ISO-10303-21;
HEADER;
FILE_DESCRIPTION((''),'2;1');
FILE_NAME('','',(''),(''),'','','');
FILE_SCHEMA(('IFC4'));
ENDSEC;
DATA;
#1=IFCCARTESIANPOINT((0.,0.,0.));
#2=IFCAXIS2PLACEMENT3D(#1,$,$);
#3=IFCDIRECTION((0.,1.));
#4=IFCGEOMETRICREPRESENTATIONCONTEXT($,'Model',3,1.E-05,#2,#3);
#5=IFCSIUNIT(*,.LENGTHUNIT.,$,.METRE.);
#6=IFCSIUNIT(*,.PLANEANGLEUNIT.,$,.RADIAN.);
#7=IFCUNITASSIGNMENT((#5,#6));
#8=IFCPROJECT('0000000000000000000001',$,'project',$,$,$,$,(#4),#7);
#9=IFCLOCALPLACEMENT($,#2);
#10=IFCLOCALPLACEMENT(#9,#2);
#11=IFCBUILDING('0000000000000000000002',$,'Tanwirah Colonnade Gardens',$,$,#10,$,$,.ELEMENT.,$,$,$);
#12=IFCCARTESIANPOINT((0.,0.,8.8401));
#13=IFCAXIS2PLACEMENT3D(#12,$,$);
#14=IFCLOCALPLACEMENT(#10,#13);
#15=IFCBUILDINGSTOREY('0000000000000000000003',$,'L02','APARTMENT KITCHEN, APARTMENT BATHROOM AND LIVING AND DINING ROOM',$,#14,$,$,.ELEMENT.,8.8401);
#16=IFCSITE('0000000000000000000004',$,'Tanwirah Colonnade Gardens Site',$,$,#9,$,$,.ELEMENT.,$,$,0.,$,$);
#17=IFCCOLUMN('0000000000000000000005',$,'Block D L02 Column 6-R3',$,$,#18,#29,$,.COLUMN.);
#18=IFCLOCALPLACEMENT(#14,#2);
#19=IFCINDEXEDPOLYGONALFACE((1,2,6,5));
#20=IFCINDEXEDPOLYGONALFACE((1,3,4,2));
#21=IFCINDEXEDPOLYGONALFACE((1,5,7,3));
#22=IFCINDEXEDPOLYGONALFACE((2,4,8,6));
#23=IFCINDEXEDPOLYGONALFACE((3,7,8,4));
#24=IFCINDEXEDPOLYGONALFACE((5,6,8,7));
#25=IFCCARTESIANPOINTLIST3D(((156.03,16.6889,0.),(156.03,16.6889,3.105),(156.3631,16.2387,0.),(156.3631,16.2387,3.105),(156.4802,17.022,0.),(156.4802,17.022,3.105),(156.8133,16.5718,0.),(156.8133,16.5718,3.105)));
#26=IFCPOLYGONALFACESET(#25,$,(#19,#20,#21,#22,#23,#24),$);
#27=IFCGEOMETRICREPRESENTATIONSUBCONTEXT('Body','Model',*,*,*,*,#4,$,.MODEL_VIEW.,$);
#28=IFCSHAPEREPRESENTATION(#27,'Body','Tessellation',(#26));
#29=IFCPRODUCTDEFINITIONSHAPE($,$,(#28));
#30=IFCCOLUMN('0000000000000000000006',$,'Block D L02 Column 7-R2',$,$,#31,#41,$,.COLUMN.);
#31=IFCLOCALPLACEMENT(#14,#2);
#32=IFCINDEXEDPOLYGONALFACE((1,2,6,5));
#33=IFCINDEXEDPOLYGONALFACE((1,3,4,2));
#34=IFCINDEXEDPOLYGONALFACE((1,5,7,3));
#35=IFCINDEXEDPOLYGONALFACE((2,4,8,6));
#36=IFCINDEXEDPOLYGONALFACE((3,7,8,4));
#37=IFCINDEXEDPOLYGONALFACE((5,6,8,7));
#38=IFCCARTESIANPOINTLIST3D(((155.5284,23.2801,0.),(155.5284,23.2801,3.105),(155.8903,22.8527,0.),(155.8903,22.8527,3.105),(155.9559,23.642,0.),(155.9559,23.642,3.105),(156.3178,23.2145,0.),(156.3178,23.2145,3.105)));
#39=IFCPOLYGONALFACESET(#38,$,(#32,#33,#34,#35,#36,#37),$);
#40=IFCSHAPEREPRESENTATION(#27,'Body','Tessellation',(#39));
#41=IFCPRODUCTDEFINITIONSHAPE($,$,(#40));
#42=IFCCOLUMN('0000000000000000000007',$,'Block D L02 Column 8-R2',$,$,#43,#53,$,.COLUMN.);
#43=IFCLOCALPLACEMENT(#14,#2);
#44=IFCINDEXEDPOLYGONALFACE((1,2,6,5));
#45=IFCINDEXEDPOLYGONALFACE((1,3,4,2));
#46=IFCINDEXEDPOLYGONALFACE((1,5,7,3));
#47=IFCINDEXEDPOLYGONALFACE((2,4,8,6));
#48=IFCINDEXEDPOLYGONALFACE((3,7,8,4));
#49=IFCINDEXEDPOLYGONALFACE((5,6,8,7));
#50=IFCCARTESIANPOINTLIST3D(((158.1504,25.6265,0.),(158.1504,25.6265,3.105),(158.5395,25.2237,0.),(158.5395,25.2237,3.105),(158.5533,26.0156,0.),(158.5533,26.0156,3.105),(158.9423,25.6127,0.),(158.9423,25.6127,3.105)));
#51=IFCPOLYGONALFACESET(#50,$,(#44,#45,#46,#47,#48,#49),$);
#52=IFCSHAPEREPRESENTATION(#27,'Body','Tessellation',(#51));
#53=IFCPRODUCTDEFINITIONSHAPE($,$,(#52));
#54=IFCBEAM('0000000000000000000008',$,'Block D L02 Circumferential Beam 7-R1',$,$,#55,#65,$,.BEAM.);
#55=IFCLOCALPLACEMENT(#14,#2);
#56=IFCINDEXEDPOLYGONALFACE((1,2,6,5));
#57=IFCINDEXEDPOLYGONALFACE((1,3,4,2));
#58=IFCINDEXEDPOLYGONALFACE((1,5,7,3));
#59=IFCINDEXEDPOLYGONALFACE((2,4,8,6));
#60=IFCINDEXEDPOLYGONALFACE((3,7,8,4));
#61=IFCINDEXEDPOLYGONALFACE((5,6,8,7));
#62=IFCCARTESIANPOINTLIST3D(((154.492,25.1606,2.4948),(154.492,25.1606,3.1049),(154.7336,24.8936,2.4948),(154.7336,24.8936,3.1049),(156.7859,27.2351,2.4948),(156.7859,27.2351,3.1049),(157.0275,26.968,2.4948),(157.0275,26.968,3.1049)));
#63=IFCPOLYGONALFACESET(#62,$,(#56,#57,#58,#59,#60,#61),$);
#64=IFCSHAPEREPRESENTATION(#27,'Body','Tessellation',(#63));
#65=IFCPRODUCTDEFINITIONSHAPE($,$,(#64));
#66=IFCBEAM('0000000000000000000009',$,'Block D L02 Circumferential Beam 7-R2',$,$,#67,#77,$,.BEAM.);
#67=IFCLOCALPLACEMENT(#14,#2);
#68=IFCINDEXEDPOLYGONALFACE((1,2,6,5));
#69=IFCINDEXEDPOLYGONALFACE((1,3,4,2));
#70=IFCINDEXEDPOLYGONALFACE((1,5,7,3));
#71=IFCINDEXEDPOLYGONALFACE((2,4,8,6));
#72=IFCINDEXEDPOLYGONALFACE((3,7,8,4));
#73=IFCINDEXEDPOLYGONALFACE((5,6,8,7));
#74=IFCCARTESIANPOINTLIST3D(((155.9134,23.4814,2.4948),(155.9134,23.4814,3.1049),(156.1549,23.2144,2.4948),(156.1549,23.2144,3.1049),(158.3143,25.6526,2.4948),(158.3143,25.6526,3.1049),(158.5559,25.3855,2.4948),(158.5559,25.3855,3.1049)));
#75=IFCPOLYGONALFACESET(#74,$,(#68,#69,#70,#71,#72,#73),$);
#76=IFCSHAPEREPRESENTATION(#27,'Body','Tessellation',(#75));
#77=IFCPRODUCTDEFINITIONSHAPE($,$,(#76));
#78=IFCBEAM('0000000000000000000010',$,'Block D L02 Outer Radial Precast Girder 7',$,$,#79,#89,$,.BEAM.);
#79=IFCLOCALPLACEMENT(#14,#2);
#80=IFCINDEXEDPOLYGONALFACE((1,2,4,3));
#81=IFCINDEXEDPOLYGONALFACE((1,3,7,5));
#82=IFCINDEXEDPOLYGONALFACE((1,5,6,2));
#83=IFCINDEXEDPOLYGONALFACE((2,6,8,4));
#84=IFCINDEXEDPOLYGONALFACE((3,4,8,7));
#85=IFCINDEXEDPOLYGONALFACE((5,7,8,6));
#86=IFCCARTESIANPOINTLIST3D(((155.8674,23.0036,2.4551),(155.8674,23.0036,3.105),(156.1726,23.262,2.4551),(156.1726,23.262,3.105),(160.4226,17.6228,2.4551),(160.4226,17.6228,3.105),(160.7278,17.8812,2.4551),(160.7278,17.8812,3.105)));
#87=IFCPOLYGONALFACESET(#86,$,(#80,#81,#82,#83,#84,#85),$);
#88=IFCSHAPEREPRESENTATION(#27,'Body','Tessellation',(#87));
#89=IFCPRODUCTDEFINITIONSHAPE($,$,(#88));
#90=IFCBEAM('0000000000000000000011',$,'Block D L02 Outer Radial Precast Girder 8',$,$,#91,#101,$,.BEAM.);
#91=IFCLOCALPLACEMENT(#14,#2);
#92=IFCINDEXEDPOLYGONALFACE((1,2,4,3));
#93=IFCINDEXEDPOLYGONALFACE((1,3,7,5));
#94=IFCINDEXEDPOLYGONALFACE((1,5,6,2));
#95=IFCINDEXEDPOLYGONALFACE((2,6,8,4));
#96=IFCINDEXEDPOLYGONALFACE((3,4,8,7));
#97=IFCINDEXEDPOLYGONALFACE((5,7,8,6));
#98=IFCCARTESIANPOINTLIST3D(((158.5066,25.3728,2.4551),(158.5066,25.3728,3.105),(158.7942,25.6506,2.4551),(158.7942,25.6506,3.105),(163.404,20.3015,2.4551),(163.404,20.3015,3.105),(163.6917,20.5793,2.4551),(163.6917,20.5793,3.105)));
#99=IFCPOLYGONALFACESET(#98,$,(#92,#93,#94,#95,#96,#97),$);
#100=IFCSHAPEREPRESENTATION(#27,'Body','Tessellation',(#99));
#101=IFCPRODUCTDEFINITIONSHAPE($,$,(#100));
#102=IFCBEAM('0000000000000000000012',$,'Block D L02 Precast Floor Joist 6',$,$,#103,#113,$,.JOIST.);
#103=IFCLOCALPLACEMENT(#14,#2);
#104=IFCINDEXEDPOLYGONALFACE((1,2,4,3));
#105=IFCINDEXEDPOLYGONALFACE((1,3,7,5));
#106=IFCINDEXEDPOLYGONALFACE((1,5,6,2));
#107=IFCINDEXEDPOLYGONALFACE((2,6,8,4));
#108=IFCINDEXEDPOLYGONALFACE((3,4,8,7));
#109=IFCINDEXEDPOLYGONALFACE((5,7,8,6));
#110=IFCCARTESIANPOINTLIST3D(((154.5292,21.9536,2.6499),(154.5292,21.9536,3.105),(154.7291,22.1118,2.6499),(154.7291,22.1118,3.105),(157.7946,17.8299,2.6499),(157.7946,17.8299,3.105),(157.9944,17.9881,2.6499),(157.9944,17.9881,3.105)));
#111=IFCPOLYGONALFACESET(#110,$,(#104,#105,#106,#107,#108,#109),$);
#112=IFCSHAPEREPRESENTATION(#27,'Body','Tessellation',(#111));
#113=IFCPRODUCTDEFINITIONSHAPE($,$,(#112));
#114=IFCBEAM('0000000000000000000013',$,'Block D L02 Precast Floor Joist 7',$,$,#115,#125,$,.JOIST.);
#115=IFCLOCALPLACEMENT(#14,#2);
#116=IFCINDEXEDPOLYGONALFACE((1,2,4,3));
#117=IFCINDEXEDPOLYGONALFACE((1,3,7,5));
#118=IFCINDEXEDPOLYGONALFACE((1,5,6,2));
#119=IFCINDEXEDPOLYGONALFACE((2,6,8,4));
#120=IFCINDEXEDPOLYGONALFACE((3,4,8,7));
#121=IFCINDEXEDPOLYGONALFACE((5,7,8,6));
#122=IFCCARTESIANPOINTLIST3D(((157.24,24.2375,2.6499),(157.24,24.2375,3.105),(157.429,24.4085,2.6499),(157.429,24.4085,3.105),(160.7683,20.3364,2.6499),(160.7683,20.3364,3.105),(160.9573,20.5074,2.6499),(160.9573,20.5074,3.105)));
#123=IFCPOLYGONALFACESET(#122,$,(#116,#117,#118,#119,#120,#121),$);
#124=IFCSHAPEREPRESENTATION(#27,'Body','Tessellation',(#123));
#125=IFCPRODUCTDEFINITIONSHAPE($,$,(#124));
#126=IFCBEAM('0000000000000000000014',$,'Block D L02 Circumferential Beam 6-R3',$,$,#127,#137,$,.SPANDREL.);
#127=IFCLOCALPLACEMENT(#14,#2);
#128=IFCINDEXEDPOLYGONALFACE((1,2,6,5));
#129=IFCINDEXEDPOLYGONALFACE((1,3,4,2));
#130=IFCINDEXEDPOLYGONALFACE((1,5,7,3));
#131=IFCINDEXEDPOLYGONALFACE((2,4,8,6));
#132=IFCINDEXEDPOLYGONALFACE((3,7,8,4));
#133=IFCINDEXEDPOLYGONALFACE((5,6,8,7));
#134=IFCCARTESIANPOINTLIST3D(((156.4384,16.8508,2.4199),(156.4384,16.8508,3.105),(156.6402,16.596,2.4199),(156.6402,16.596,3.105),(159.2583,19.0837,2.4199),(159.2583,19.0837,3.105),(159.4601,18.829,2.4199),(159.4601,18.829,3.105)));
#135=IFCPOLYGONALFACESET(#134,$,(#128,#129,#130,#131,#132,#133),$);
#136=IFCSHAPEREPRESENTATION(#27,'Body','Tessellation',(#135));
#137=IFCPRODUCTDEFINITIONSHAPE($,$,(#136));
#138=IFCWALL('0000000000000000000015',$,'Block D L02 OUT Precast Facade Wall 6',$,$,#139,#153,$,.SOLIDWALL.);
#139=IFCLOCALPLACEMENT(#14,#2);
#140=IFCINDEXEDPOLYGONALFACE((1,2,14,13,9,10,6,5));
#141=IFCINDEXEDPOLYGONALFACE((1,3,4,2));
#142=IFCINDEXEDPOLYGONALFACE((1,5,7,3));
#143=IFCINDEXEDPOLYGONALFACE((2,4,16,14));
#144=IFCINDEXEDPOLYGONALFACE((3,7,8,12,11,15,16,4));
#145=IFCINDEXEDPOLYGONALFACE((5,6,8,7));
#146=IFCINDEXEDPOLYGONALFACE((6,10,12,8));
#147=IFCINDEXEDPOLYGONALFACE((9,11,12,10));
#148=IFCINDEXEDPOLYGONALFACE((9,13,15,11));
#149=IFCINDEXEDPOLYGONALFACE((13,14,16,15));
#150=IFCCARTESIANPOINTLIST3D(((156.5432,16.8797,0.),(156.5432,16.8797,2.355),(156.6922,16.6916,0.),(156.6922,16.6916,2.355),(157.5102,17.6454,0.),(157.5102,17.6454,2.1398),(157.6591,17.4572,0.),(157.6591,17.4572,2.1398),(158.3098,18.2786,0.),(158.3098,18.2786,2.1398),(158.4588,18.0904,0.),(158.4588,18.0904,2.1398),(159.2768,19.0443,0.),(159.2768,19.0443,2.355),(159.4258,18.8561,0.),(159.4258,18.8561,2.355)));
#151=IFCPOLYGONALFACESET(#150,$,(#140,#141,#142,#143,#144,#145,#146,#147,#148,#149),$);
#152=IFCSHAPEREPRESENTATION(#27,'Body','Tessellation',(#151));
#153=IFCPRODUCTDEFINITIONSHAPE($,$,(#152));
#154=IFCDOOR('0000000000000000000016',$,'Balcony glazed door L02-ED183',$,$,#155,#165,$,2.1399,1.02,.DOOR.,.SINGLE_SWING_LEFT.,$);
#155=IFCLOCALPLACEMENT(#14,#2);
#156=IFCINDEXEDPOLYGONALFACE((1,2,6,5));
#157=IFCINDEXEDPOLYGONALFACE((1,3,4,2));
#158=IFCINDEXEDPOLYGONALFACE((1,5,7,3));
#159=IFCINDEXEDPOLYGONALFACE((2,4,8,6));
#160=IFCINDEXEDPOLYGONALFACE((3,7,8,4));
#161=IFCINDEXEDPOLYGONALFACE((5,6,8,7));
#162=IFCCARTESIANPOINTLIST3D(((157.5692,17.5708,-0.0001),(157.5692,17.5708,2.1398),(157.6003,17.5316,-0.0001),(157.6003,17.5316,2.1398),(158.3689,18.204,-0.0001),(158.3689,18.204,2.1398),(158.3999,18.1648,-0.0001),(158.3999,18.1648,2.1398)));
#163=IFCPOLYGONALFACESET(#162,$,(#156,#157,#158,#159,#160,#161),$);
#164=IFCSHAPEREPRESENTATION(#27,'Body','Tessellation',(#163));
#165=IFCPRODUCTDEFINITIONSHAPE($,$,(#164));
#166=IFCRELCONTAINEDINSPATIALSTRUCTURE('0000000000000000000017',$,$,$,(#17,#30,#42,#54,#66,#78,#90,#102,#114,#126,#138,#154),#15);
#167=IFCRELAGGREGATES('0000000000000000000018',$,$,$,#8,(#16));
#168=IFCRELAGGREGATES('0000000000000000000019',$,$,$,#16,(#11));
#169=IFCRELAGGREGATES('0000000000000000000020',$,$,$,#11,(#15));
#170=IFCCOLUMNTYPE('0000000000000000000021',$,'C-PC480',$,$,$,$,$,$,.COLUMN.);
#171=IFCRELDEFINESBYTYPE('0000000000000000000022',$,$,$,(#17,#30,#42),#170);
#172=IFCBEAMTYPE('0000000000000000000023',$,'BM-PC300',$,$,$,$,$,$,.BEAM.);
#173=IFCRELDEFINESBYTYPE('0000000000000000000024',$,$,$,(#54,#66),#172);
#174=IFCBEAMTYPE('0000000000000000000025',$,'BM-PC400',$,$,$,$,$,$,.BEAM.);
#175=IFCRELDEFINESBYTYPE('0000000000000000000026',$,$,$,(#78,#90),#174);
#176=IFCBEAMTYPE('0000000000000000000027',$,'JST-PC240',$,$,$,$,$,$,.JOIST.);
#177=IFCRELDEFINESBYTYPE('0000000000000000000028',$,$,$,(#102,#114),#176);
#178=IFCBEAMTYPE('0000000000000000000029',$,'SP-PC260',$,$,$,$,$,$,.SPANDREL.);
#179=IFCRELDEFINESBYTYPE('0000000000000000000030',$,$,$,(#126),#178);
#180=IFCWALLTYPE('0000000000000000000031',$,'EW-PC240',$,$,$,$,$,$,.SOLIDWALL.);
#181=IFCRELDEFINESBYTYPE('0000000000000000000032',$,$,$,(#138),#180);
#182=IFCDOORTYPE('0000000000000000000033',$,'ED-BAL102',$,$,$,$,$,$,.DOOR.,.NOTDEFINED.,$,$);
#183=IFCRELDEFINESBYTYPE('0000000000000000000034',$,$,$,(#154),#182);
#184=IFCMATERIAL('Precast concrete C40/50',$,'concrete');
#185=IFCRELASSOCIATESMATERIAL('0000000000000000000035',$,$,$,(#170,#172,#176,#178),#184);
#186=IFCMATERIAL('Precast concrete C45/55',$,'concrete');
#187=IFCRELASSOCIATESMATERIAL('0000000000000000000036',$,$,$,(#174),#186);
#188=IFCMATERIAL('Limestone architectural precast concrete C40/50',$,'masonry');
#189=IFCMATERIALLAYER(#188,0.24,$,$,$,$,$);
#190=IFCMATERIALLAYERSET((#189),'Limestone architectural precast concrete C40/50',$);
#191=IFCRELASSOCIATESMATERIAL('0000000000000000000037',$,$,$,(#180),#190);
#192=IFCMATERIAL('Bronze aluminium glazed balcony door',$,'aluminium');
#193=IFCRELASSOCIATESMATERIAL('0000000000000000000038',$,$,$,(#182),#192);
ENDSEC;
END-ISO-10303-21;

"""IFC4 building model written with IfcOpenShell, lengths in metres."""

from ifc_helpers import new_model, si_unit, direction, frame, frame_2d, origin, origin_2d, place, context, subcontext, project, spatial, rectangle, extrude, material, layer, layer_set, material_profile, profile_set, type_object, element, fill, save


model = new_model("IFC4")

# Units and contexts
model_context = context("Model", 3, precision=1e-05, world=origin(), true_north=direction((0.0, 1.0)))
body_context = subcontext(model_context, "Body", "Model", "MODEL_VIEW")
ifc_project = project(units=[si_unit("LENGTHUNIT", "METRE"), si_unit("PLANEANGLEUNIT", "RADIAN")], contexts=[model_context])

# Site, building, storey
site_placement = place(None, origin())
site = spatial("IfcSite", under=ifc_project, at=site_placement, Name="Tanwirah Colonnade Gardens Site", CompositionType="ELEMENT", RefElevation=0.0)
building_placement = place(site_placement, origin())
building = spatial("IfcBuilding", under=site, at=building_placement, Name="Tanwirah Colonnade Gardens", CompositionType="ELEMENT")
storey_placement = place(building_placement, frame((0.0, 0.0, 8.8401)))
storey = spatial("IfcBuildingStorey", under=building, at=storey_placement, Name="L02", Description="APARTMENT KITCHEN, APARTMENT BATHROOM AND LIVING AND DINING ROOM", CompositionType="ELEMENT", Elevation=8.8401)

# Columns
ifc_material_1 = material(Name="Precast concrete C40/50", Category="concrete")
ifc_material_profile_1 = material_profile(ifc_material_1, rectangle(XDim=0.5601, YDim=0.5601, at=origin_2d()), Name="PC-COL 560x560")
ifc_profile_set_1 = profile_set([ifc_material_profile_1], Name="Precast concrete C40/50")
column_type = type_object("IfcColumnType", Name="C-PC480", PredefinedType="COLUMN", material=ifc_profile_set_1)
for number, where, z_axis, x_axis, name in (
    (1, (156.4216, 16.6304, 0.0), (0.0, 0.0, 1.0), (0.594823, -0.803857, 0.0), "Block D L02 Column 6-R3"),
    (2, (155.9231, 23.2473, 0.0), (0.0, 0.0, 1.0), (0.646124, -0.763232, 0.0), "Block D L02 Column 7-R2"),
    (3, (158.5464, 25.6196, 0.0), (0.0, 0.0, 1.0), (0.694658, -0.71934, 0.0), "Block D L02 Column 8-R2"),
):
    element("IfcColumn", number, at=place(storey_placement, frame(where, z_axis=z_axis, x_axis=x_axis)), inside=storey, type_object=column_type, Name=name, PredefinedType="COLUMN", context=body_context, shape_type="SweptSolid", body=[
        extrude(rectangle(XDim=0.5601, YDim=0.5601, at=origin_2d()), origin(), (0.0, 0.0, 1.0), 3.105),
    ])

# Beams
ifc_material_profile_2 = material_profile(ifc_material_1, rectangle(XDim=0.3601, YDim=0.6101, at=origin_2d()), Name="PC-BM 360x610")
ifc_profile_set_2 = profile_set([ifc_material_profile_2], Name="Precast concrete C40/50")
beam_type_1 = type_object("IfcBeamType", Name="BM-PC300", PredefinedType="BEAM", material=ifc_profile_set_2)
beam_1_placement = place(storey_placement, frame((154.6128, 25.0271, 2.7998), z_axis=(0.741698, 0.670733, 0.0), x_axis=(-0.670733, 0.741698, 0.0)))
element("IfcBeam", 4, at=beam_1_placement, inside=storey, type_object=beam_type_1, Name="Block D L02 Circumferential Beam 7-R1", PredefinedType="BEAM", context=body_context, shape_type="SweptSolid", body=[
    extrude(rectangle(XDim=0.3601, YDim=0.6101, at=origin_2d()), origin(), (0.0, 0.0, 1.0), 3.0928),
])
beam_2_placement = place(storey_placement, frame((156.0342, 23.3479, 2.7998), z_axis=(0.741702, 0.67073, 0.0), x_axis=(-0.67073, 0.741702, 0.0)))
element("IfcBeam", 5, at=beam_2_placement, inside=storey, type_object=beam_type_1, Name="Block D L02 Circumferential Beam 7-R2", PredefinedType="BEAM", context=body_context, shape_type="SweptSolid", body=[
    extrude(rectangle(XDim=0.3601, YDim=0.6101, at=origin_2d()), origin(), (0.0, 0.0, 1.0), 3.2371),
])
ifc_material_2 = material(Name="Precast concrete C45/55", Category="concrete")
ifc_material_profile_3 = material_profile(ifc_material_2, rectangle(XDim=0.3999, YDim=0.6499, at=origin_2d()), Name="PC-BM 400x650")
ifc_profile_set_3 = profile_set([ifc_material_profile_3], Name="Precast concrete C45/55")
beam_type_2 = type_object("IfcBeamType", Name="BM-PC400", PredefinedType="BEAM", material=ifc_profile_set_3)
for number, where, z_axis, x_axis, name in (
    (6, (156.02, 23.1328, 2.78), (0.646119, -0.763237, 0.0), (0.763237, 0.646119, 0.0), "Block D L02 Outer Radial Precast Girder 7"),
    (7, (158.6504, 25.5117, 2.78), (0.694671, -0.719327, 0.0), (0.719327, 0.694671, 0.0), "Block D L02 Outer Radial Precast Girder 8"),
):
    element("IfcBeam", number, at=place(storey_placement, frame(where, z_axis=z_axis, x_axis=x_axis)), inside=storey, type_object=beam_type_2, Name=name, PredefinedType="BEAM", context=body_context, shape_type="SweptSolid", body=[
        extrude(rectangle(XDim=0.3999, YDim=0.6499, at=origin_2d()), origin(), (0.0, 0.0, 1.0), 7.05),
    ])
ifc_material_profile_4 = material_profile(ifc_material_1, rectangle(XDim=0.2549, YDim=0.4551, at=origin_2d()), Name="PC-JST 255x455")
ifc_profile_set_4 = profile_set([ifc_material_profile_4], Name="Precast concrete C40/50")
beam_type_3 = type_object("IfcBeamType", Name="JST-PC240", PredefinedType="JOIST", material=ifc_profile_set_4)
for number, where, z_axis, x_axis, name in (
    (8, (154.6292, 22.0327, 2.8774), (0.620787, -0.783979, 0.0), (0.783979, 0.620787, 0.0), "Block D L02 Precast Floor Joist 6"),
    (9, (157.3345, 24.323, 2.8774), (0.670781, -0.741656, 0.0), (0.741656, 0.670781, 0.0), "Block D L02 Precast Floor Joist 7"),
):
    element("IfcBeam", number, at=place(storey_placement, frame(where, z_axis=z_axis, x_axis=x_axis)), inside=storey, type_object=beam_type_3, Name=name, PredefinedType="JOIST", context=body_context, shape_type="SweptSolid", body=[
        extrude(rectangle(XDim=0.2549, YDim=0.4551, at=origin_2d()), origin(), (0.0, 0.0, 1.0), 5.26),
    ])
ifc_material_profile_5 = material_profile(ifc_material_1, rectangle(XDim=0.325, YDim=0.6851, at=origin_2d()), Name="PC-SP 325x685")
ifc_profile_set_5 = profile_set([ifc_material_profile_5], Name="Precast concrete C40/50")
beam_type_4 = type_object("IfcBeamType", Name="SP-PC260", PredefinedType="SPANDREL", material=ifc_profile_set_5)
beam_3_placement = place(storey_placement, frame((156.5393, 16.7234, 2.7625), z_axis=(0.783971, 0.620797, 0.0), x_axis=(-0.620797, 0.783971, 0.0)))
element("IfcBeam", 10, at=beam_3_placement, inside=storey, type_object=beam_type_4, Name="Block D L02 Circumferential Beam 6-R3", PredefinedType="SPANDREL", context=body_context, shape_type="SweptSolid", body=[
    extrude(rectangle(XDim=0.325, YDim=0.6851, at=origin_2d()), origin(), (0.0, 0.0, 1.0), 3.5969),
])

# Wall, opening, door
ifc_material_3 = material(Name="Limestone architectural precast concrete C40/50", Category="masonry")
ifc_layer_1 = layer(ifc_material_3, 0.24)
ifc_layer_set_1 = layer_set([ifc_layer_1], Name="Limestone architectural precast concrete C40/50")
wall_type_1 = type_object("IfcWallType", Name="EW-PC240", PredefinedType="SOLIDWALL", material=ifc_layer_set_1)
wall_1_placement = place(storey_placement, frame((156.6177, 16.7856, 0.0), z_axis=(0.0, 0.0, 1.0), x_axis=(0.783988, 0.620776, 0.0)))
wall_1 = element("IfcWall", 11, at=wall_1_placement, inside=storey, type_object=wall_type_1, Name="Block D L02 OUT Precast Facade Wall 6", PredefinedType="SOLIDWALL", context=body_context, shape_type="SweptSolid", body=[
    extrude(rectangle(XDim=3.4868, YDim=0.24, at=frame_2d((1.7434, 0.0))), origin(), (0.0, 0.0, 1.0), 2.355),
])
opening_1_placement = place(wall_1_placement, frame((1.2334, 0.0, 0.0)))
opening_1 = element("IfcOpeningElement", 12, at=opening_1_placement, cuts=wall_1, PredefinedType="OPENING", context=body_context, shape_type="SweptSolid", body=[
    extrude(rectangle(XDim=1.02, YDim=2.1399, at=frame_2d((0.51, 1.0698))), frame((0.0, 0.1299, 0.0), z_axis=(0.0, -1.0, 0.0), x_axis=(1.0, 0.0, 0.0)), (0.0, 0.0, 1.0), 0.26),
])
ifc_material_4 = material(Name="Bronze aluminium glazed balcony door", Category="aluminium")
door_type_1 = type_object("IfcDoorType", Name="ED-BAL102", OperationType="NOTDEFINED", PredefinedType="DOOR", material=ifc_material_4)
door_1_placement = place(opening_1_placement, origin())
door_1 = element("IfcDoor", 13, at=door_1_placement, inside=storey, type_object=door_type_1, Name="Balcony glazed door L02-ED183", OperationType="SINGLE_SWING_LEFT", OverallHeight=2.1399, OverallWidth=1.02, PredefinedType="DOOR", context=body_context, shape_type="SweptSolid", body=[
    extrude(rectangle(XDim=1.02, YDim=2.1399, at=frame_2d((0.51, 1.0698))), frame((0.0, 0.0249, 0.0), z_axis=(0.0, -1.0, 0.0), x_axis=(1.0, 0.0, 0.0)), (0.0, 0.0, 1.0), 0.05),
])
fill(opening_1, door_1)

save(model, "model.ifc")
